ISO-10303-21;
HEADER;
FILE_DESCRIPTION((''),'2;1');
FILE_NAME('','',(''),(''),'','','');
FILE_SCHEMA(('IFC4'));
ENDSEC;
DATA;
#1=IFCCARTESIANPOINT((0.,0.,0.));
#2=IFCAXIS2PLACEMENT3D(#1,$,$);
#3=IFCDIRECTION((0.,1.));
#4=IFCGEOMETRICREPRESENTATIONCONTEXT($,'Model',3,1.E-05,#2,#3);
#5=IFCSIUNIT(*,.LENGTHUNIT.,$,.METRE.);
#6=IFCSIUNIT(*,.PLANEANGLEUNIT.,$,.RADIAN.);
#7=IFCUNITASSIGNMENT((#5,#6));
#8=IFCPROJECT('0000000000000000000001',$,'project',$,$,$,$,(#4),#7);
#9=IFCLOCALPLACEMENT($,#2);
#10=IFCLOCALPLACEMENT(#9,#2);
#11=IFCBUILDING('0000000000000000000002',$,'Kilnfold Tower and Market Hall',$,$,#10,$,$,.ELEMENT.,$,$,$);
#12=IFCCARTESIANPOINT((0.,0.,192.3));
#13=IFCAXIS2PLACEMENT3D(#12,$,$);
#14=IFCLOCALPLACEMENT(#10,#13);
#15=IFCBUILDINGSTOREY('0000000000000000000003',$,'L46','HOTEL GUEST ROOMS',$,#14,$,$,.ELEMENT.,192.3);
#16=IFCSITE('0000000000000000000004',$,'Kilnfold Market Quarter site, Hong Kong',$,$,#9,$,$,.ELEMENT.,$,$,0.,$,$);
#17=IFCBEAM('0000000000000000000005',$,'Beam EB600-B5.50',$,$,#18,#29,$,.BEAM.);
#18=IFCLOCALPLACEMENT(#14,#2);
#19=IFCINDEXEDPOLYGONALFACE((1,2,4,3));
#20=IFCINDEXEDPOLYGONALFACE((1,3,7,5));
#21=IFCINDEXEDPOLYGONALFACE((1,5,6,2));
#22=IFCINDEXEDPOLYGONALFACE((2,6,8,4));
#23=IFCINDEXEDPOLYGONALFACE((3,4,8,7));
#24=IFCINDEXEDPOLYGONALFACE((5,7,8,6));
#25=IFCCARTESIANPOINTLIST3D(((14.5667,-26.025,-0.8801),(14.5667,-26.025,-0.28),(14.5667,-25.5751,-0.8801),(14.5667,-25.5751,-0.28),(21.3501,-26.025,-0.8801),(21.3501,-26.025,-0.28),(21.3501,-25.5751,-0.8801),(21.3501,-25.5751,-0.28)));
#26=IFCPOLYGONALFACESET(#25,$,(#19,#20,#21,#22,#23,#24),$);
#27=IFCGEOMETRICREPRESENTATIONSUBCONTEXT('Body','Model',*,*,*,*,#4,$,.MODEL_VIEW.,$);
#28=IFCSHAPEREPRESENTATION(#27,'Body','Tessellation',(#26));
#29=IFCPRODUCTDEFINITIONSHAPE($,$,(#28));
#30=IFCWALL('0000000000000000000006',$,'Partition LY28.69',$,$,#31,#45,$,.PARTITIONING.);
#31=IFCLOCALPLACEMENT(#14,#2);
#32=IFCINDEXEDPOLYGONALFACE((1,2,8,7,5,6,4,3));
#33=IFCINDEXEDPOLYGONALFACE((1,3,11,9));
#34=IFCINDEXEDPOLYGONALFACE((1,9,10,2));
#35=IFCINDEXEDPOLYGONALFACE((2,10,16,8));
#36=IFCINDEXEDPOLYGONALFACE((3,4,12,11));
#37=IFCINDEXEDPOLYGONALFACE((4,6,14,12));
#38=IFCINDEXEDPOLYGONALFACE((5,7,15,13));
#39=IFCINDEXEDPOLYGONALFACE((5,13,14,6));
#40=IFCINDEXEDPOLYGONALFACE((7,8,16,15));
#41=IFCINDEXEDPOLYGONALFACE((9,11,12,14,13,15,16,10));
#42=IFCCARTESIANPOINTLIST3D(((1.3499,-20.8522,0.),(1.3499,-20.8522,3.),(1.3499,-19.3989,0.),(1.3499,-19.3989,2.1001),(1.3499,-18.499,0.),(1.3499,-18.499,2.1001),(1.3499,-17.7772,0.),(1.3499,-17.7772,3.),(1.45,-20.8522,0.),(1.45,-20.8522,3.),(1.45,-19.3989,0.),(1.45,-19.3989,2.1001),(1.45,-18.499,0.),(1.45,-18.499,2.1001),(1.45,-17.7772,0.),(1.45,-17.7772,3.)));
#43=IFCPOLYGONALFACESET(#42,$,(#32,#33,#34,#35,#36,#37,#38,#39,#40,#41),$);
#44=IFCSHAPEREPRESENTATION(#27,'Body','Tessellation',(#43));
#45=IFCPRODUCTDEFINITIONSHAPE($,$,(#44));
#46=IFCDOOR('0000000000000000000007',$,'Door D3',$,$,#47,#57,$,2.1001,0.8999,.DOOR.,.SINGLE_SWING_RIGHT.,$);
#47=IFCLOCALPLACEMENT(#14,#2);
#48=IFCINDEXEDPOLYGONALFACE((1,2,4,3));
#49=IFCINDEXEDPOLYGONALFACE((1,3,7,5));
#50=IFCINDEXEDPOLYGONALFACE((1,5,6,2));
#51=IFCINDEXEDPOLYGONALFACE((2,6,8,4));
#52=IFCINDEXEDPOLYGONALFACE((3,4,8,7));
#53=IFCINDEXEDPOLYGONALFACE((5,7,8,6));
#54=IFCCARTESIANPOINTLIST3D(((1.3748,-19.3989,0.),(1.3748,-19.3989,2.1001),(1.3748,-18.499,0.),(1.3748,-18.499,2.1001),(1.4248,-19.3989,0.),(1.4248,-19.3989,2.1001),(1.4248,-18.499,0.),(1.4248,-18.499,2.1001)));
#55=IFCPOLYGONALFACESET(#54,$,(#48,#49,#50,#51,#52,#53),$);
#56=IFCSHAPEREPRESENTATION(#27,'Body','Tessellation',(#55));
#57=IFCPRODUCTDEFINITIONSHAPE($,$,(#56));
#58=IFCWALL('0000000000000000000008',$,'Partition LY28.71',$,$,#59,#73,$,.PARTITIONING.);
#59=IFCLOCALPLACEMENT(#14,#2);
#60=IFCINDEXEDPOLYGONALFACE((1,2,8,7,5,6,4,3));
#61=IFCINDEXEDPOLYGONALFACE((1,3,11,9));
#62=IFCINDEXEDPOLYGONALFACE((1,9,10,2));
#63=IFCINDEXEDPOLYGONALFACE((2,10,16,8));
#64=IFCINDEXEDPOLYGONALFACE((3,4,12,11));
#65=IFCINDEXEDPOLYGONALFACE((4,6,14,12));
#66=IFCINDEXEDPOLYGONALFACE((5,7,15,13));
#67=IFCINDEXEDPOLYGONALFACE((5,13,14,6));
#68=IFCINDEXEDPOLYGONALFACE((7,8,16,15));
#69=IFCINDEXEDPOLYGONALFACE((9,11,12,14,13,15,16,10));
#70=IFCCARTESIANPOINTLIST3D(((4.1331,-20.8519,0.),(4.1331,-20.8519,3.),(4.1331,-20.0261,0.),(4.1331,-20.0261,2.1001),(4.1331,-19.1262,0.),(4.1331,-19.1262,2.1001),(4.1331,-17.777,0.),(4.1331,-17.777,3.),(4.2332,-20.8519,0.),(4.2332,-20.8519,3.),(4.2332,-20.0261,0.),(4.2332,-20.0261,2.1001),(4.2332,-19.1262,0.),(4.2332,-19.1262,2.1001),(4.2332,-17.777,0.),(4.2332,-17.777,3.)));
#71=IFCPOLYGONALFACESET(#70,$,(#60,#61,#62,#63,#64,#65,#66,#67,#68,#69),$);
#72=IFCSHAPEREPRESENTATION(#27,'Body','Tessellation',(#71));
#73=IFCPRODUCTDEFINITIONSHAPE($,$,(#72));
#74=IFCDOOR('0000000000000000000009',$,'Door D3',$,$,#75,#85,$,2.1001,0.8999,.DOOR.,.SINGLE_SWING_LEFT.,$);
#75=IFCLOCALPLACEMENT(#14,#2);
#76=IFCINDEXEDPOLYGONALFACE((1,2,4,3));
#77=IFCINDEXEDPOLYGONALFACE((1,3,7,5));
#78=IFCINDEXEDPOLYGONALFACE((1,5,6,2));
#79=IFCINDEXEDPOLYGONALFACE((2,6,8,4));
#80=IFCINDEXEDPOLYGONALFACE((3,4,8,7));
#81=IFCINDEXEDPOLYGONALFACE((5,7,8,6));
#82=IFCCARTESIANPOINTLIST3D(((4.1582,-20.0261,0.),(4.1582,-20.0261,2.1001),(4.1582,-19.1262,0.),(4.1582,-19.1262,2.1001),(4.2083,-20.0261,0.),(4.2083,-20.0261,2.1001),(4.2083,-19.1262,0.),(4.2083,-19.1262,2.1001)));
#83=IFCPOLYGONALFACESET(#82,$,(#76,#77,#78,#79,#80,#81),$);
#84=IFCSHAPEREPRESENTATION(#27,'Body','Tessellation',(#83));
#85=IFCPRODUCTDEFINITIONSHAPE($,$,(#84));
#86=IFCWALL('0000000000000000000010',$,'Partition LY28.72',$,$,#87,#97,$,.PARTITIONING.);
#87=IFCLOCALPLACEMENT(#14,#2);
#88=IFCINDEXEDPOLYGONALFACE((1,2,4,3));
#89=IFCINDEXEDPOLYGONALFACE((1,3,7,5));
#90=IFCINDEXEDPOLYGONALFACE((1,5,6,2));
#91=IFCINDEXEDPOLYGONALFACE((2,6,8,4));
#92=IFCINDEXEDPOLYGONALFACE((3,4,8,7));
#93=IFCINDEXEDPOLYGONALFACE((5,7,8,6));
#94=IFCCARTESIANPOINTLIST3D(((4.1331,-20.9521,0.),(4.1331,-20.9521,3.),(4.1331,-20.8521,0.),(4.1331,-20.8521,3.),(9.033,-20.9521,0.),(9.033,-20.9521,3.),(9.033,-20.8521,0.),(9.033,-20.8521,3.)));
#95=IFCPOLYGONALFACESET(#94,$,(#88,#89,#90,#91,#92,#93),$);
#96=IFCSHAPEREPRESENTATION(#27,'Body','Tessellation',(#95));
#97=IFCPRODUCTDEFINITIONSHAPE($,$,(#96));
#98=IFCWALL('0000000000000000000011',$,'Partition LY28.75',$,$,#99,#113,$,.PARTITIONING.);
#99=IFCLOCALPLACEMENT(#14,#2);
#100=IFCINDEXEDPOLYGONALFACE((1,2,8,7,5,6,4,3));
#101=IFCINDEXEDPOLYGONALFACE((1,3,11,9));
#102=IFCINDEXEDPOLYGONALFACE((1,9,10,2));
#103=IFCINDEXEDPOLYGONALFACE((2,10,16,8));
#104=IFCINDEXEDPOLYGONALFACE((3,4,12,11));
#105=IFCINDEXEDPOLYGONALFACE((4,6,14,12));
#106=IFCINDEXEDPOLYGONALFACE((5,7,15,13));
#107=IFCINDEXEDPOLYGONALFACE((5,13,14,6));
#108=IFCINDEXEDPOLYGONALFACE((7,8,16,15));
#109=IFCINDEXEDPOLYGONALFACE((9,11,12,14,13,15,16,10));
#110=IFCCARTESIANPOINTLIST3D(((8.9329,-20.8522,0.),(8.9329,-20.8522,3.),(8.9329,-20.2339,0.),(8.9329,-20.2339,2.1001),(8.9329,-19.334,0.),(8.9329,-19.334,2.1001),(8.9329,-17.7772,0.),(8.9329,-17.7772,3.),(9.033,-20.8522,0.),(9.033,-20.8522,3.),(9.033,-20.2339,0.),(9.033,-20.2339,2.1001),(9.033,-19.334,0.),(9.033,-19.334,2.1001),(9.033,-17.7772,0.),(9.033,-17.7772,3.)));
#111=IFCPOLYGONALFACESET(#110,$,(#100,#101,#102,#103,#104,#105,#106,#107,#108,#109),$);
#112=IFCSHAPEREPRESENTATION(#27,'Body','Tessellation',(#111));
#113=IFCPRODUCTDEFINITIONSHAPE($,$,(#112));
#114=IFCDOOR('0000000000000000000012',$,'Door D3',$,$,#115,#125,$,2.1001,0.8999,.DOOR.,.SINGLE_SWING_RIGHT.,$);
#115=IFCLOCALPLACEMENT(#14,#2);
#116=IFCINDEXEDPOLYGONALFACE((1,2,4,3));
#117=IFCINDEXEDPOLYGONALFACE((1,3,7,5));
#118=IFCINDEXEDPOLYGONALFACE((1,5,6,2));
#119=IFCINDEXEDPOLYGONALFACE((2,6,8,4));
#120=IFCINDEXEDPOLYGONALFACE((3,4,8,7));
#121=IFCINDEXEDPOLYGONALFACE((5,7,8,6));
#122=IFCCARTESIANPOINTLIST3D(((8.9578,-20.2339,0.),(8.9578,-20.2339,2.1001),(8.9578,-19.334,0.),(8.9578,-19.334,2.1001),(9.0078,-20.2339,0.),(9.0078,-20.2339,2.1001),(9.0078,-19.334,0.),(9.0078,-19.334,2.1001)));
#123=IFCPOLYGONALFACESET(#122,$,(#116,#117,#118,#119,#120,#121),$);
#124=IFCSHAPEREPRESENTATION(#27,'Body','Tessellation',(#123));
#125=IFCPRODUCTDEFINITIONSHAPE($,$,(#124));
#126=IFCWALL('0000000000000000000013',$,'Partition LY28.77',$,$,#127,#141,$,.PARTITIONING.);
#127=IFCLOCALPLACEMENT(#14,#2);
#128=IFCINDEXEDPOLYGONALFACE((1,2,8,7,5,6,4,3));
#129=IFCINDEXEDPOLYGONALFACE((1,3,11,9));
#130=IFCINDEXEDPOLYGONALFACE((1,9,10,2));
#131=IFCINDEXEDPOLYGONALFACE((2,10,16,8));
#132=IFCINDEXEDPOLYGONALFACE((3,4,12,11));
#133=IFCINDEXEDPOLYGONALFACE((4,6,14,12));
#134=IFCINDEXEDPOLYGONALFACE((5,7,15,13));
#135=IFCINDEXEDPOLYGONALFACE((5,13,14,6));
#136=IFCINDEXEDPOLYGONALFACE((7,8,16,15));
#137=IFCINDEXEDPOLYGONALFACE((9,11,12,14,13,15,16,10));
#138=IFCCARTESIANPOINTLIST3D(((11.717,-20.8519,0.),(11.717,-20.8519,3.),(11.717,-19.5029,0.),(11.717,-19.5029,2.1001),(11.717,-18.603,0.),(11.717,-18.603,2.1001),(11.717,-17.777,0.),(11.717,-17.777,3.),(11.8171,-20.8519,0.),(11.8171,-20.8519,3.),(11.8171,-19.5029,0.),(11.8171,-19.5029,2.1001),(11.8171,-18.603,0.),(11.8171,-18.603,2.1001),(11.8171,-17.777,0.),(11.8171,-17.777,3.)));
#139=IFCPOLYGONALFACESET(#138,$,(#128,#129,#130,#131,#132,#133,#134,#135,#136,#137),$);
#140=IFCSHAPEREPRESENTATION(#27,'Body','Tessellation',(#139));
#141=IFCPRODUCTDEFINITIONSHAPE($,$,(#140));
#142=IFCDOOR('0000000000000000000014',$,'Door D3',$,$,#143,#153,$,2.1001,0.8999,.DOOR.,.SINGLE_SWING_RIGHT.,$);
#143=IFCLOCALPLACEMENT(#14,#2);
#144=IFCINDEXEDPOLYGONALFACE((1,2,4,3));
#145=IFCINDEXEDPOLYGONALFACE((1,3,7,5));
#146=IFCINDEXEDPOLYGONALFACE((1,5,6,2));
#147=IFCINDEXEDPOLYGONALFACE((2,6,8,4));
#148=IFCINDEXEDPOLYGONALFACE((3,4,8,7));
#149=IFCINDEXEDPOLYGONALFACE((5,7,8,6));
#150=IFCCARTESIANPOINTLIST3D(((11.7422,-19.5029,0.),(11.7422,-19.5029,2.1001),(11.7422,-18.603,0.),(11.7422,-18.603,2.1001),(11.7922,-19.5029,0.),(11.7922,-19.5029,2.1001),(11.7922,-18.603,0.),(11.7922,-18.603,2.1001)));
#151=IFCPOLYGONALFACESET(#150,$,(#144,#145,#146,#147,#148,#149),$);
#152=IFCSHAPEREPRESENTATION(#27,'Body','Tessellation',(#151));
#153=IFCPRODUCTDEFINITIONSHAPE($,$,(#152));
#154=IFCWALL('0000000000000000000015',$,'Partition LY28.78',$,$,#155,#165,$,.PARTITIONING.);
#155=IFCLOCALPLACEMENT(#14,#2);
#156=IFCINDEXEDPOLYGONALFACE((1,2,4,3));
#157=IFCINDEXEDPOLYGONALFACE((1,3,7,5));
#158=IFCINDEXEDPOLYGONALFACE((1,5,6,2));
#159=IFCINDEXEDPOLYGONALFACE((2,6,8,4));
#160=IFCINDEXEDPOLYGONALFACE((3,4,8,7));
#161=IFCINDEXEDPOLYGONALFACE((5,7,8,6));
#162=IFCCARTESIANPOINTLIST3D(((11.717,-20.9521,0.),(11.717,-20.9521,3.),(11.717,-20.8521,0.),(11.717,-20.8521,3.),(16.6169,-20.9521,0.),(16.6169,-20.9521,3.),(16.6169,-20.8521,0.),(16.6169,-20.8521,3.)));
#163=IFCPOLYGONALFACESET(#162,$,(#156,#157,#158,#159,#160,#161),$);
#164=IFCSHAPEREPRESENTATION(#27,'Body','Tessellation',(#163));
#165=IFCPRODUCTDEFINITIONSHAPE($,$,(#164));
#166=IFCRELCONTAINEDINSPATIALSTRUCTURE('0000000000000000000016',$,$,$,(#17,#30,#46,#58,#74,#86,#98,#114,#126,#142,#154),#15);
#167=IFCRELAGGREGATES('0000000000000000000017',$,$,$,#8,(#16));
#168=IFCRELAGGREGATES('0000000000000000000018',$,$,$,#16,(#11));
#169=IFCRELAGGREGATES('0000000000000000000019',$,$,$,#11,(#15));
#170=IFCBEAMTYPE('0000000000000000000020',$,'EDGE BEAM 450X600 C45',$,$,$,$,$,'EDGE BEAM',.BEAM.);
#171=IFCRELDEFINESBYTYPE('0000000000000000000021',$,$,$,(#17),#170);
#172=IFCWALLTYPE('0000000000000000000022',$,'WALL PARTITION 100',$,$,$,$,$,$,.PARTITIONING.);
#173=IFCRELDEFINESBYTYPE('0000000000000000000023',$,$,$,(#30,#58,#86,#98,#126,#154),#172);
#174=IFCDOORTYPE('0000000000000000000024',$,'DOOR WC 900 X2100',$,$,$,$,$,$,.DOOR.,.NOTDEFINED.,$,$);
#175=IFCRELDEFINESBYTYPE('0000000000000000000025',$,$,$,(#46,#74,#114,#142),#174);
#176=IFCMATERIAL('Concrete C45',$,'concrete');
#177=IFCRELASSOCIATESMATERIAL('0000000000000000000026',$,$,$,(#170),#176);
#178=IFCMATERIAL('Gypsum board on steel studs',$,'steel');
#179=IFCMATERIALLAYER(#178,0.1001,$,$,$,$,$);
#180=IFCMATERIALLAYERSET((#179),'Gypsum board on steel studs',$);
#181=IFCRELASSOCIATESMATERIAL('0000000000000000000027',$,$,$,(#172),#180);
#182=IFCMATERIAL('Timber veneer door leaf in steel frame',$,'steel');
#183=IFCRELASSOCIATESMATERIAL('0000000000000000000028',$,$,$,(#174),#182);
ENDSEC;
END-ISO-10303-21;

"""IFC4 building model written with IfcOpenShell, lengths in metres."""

from ifc_helpers import new_model, si_unit, direction, frame, frame_2d, origin, origin_2d, place, context, subcontext, project, spatial, rectangle, extrude, source, transform, mapped, material, layer, layer_set, material_profile, profile_set, type_object, element, fill, save


model = new_model("IFC4")

# Units and contexts
model_context = context("Model", 3, precision=1e-05, world=origin(), true_north=direction((0.0, 1.0)))
body_context = subcontext(model_context, "Body", "Model", "MODEL_VIEW")
ifc_project = project(units=[si_unit("LENGTHUNIT", "METRE"), si_unit("PLANEANGLEUNIT", "RADIAN")], contexts=[model_context])

# Site, building, storey
site_placement = place(None, origin())
site = spatial("IfcSite", under=ifc_project, at=site_placement, Name="Kilnfold Market Quarter site, Hong Kong", CompositionType="ELEMENT", RefElevation=0.0)
building_placement = place(site_placement, origin())
building = spatial("IfcBuilding", under=site, at=building_placement, Name="Kilnfold Tower and Market Hall", CompositionType="ELEMENT")
storey_placement = place(building_placement, frame((0.0, 0.0, 192.3)))
storey = spatial("IfcBuildingStorey", under=building, at=storey_placement, Name="L46", Description="HOTEL GUEST ROOMS", CompositionType="ELEMENT", Elevation=192.3)

# Beam
ifc_material_1 = material(Name="Concrete C45", Category="concrete")
ifc_material_profile = material_profile(ifc_material_1, rectangle(XDim=0.45, YDim=0.6001, at=origin_2d()), Name="RC 450x600")
ifc_profile_set = profile_set([ifc_material_profile], Name="Concrete C45")
beam_type = type_object("IfcBeamType", Name="EDGE BEAM 450X600 C45", ElementType="EDGE BEAM", PredefinedType="BEAM", material=ifc_profile_set)
shared_shape = source(origin(), body_context, "Body", "SweptSolid", [
    extrude(rectangle(XDim=0.45, YDim=0.6001, at=origin_2d()), origin(), (0.0, 0.0, 1.0), 6.7834),
])
beam_placement = place(storey_placement, frame((14.5667, -25.8, -0.5801), z_axis=(1.0, 0.0, 0.0), x_axis=(0.0, 1.0, 0.0)))
element("IfcBeam", 1, at=beam_placement, inside=storey, type_object=beam_type, Name="Beam EB600-B5.50", PredefinedType="BEAM", context=body_context, shape_type="MappedRepresentation", body=[
    mapped(shared_shape, transform((0.0, 0.0, 0.0))),
])

# Walls, openings, doors
ifc_material_2 = material(Name="Gypsum board on steel studs", Category="steel")
ifc_layer_1 = layer(ifc_material_2, 0.1001)
ifc_layer_set_1 = layer_set([ifc_layer_1], Name="Gypsum board on steel studs")
wall_type_1 = type_object("IfcWallType", Name="WALL PARTITION 100", PredefinedType="PARTITIONING", material=ifc_layer_set_1)
wall_1_placement = place(storey_placement, frame((1.3999, -17.7771, 0.0), z_axis=(0.0, 0.0, 1.0), x_axis=(0.0, -1.0, 0.0)))
wall_1 = element("IfcWall", 2, at=wall_1_placement, inside=storey, type_object=wall_type_1, Name="Partition LY28.69", PredefinedType="PARTITIONING", context=body_context, shape_type="SweptSolid", body=[
    extrude(rectangle(XDim=3.075, YDim=0.1001, at=frame_2d((1.5376, 0.0))), origin(), (0.0, 0.0, 1.0), 3.0),
])
opening_1_placement = place(wall_1_placement, frame((0.7219, 0.0, 0.0)))
opening_1 = element("IfcOpeningElement", 3, at=opening_1_placement, cuts=wall_1, PredefinedType="OPENING", context=body_context, shape_type="SweptSolid", body=[
    extrude(rectangle(XDim=0.8999, YDim=2.1001, at=frame_2d((0.45, 1.05))), frame((0.0, 0.0601, 0.0), z_axis=(0.0, -1.0, 0.0), x_axis=(1.0, 0.0, 0.0)), (0.0, 0.0, 1.0), 0.1201),
])
ifc_material_3 = material(Name="Timber veneer door leaf in steel frame", Category="steel")
door_type = type_object("IfcDoorType", Name="DOOR WC 900 X2100", OperationType="NOTDEFINED", PredefinedType="DOOR", material=ifc_material_3)
door_1_placement = place(opening_1_placement, origin())
door_1 = element("IfcDoor", 4, at=door_1_placement, inside=storey, type_object=door_type, Name="Door D3", OperationType="SINGLE_SWING_RIGHT", OverallHeight=2.1001, OverallWidth=0.8999, PredefinedType="DOOR", context=body_context, shape_type="SweptSolid", body=[
    extrude(rectangle(XDim=0.8999, YDim=2.1001, at=frame_2d((0.45, 1.05))), frame((0.0, 0.0249, 0.0), z_axis=(0.0, -1.0, 0.0), x_axis=(1.0, 0.0, 0.0)), (0.0, 0.0, 1.0), 0.05),
])
fill(opening_1, door_1)
wall_2_placement = place(storey_placement, frame((4.1831, -20.8521, 0.0), z_axis=(0.0, 0.0, 1.0), x_axis=(0.0, 1.0, 0.0)))
wall_2 = element("IfcWall", 5, at=wall_2_placement, inside=storey, type_object=wall_type_1, Name="Partition LY28.71", PredefinedType="PARTITIONING", context=body_context, shape_type="SweptSolid", body=[
    extrude(rectangle(XDim=3.075, YDim=0.1001, at=frame_2d((1.5376, 0.0))), origin(), (0.0, 0.0, 1.0), 3.0),
])
opening_2_placement = place(wall_2_placement, frame((0.8259, 0.0, 0.0)))
opening_2 = element("IfcOpeningElement", 6, at=opening_2_placement, cuts=wall_2, PredefinedType="OPENING", context=body_context, shape_type="SweptSolid", body=[
    extrude(rectangle(XDim=0.8999, YDim=2.1001, at=frame_2d((0.45, 1.05))), frame((0.0, 0.0601, 0.0), z_axis=(0.0, -1.0, 0.0), x_axis=(1.0, 0.0, 0.0)), (0.0, 0.0, 1.0), 0.1201),
])
door_2_placement = place(opening_2_placement, origin())
door_2 = element("IfcDoor", 7, at=door_2_placement, inside=storey, type_object=door_type, Name="Door D3", OperationType="SINGLE_SWING_LEFT", OverallHeight=2.1001, OverallWidth=0.8999, PredefinedType="DOOR", context=body_context, shape_type="SweptSolid", body=[
    extrude(rectangle(XDim=0.8999, YDim=2.1001, at=frame_2d((0.45, 1.05))), frame((0.0, 0.0249, 0.0), z_axis=(0.0, -1.0, 0.0), x_axis=(1.0, 0.0, 0.0)), (0.0, 0.0, 1.0), 0.05),
])
fill(opening_2, door_2)

# Wall
wall_3_placement = place(storey_placement, frame((4.1331, -20.9021, 0.0), z_axis=(0.0, 0.0, 1.0), x_axis=(1.0, 0.0, 0.0)))
element("IfcWall", 8, at=wall_3_placement, inside=storey, type_object=wall_type_1, Name="Partition LY28.72", PredefinedType="PARTITIONING", context=body_context, shape_type="SweptSolid", body=[
    extrude(rectangle(XDim=4.8999, YDim=0.1001, at=frame_2d((2.45, 0.0))), origin(), (0.0, 0.0, 1.0), 3.0),
])

# Walls, openings, doors
wall_4_placement = place(storey_placement, frame((8.9829, -17.7771, 0.0), z_axis=(0.0, 0.0, 1.0), x_axis=(0.0, -1.0, 0.0)))
wall_4 = element("IfcWall", 9, at=wall_4_placement, inside=storey, type_object=wall_type_1, Name="Partition LY28.75", PredefinedType="PARTITIONING", context=body_context, shape_type="SweptSolid", body=[
    extrude(rectangle(XDim=3.075, YDim=0.1001, at=frame_2d((1.5376, 0.0))), origin(), (0.0, 0.0, 1.0), 3.0),
])
opening_3_placement = place(wall_4_placement, frame((1.5569, 0.0, 0.0)))
opening_3 = element("IfcOpeningElement", 10, at=opening_3_placement, cuts=wall_4, PredefinedType="OPENING", context=body_context, shape_type="SweptSolid", body=[
    extrude(rectangle(XDim=0.8999, YDim=2.1001, at=frame_2d((0.45, 1.05))), frame((0.0, 0.0601, 0.0), z_axis=(0.0, -1.0, 0.0), x_axis=(1.0, 0.0, 0.0)), (0.0, 0.0, 1.0), 0.1201),
])
door_3_placement = place(opening_3_placement, origin())
door_3 = element("IfcDoor", 11, at=door_3_placement, inside=storey, type_object=door_type, Name="Door D3", OperationType="SINGLE_SWING_RIGHT", OverallHeight=2.1001, OverallWidth=0.8999, PredefinedType="DOOR", context=body_context, shape_type="SweptSolid", body=[
    extrude(rectangle(XDim=0.8999, YDim=2.1001, at=frame_2d((0.45, 1.05))), frame((0.0, 0.0249, 0.0), z_axis=(0.0, -1.0, 0.0), x_axis=(1.0, 0.0, 0.0)), (0.0, 0.0, 1.0), 0.05),
])
fill(opening_3, door_3)
wall_5_placement = place(storey_placement, frame((11.7671, -20.8521, 0.0), z_axis=(0.0, 0.0, 1.0), x_axis=(0.0, 1.0, 0.0)))
wall_5 = element("IfcWall", 12, at=wall_5_placement, inside=storey, type_object=wall_type_1, Name="Partition LY28.77", PredefinedType="PARTITIONING", context=body_context, shape_type="SweptSolid", body=[
    extrude(rectangle(XDim=3.075, YDim=0.1001, at=frame_2d((1.5376, 0.0))), origin(), (0.0, 0.0, 1.0), 3.0),
])
opening_4_placement = place(wall_5_placement, frame((1.3491, 0.0, 0.0)))
opening_4 = element("IfcOpeningElement", 13, at=opening_4_placement, cuts=wall_5, PredefinedType="OPENING", context=body_context, shape_type="SweptSolid", body=[
    extrude(rectangle(XDim=0.8999, YDim=2.1001, at=frame_2d((0.45, 1.05))), frame((0.0, 0.0601, 0.0), z_axis=(0.0, -1.0, 0.0), x_axis=(1.0, 0.0, 0.0)), (0.0, 0.0, 1.0), 0.1201),
])
door_4_placement = place(opening_4_placement, origin())
door_4 = element("IfcDoor", 14, at=door_4_placement, inside=storey, type_object=door_type, Name="Door D3", OperationType="SINGLE_SWING_RIGHT", OverallHeight=2.1001, OverallWidth=0.8999, PredefinedType="DOOR", context=body_context, shape_type="SweptSolid", body=[
    extrude(rectangle(XDim=0.8999, YDim=2.1001, at=frame_2d((0.45, 1.05))), frame((0.0, 0.0249, 0.0), z_axis=(0.0, -1.0, 0.0), x_axis=(1.0, 0.0, 0.0)), (0.0, 0.0, 1.0), 0.05),
])
fill(opening_4, door_4)

# Wall
wall_6_placement = place(storey_placement, frame((11.717, -20.9021, 0.0), z_axis=(0.0, 0.0, 1.0), x_axis=(1.0, 0.0, 0.0)))
element("IfcWall", 15, at=wall_6_placement, inside=storey, type_object=wall_type_1, Name="Partition LY28.78", PredefinedType="PARTITIONING", context=body_context, shape_type="SweptSolid", body=[
    extrude(rectangle(XDim=4.8999, YDim=0.1001, at=frame_2d((2.45, 0.0))), origin(), (0.0, 0.0, 1.0), 3.0),
])

save(model, "model.ifc")
